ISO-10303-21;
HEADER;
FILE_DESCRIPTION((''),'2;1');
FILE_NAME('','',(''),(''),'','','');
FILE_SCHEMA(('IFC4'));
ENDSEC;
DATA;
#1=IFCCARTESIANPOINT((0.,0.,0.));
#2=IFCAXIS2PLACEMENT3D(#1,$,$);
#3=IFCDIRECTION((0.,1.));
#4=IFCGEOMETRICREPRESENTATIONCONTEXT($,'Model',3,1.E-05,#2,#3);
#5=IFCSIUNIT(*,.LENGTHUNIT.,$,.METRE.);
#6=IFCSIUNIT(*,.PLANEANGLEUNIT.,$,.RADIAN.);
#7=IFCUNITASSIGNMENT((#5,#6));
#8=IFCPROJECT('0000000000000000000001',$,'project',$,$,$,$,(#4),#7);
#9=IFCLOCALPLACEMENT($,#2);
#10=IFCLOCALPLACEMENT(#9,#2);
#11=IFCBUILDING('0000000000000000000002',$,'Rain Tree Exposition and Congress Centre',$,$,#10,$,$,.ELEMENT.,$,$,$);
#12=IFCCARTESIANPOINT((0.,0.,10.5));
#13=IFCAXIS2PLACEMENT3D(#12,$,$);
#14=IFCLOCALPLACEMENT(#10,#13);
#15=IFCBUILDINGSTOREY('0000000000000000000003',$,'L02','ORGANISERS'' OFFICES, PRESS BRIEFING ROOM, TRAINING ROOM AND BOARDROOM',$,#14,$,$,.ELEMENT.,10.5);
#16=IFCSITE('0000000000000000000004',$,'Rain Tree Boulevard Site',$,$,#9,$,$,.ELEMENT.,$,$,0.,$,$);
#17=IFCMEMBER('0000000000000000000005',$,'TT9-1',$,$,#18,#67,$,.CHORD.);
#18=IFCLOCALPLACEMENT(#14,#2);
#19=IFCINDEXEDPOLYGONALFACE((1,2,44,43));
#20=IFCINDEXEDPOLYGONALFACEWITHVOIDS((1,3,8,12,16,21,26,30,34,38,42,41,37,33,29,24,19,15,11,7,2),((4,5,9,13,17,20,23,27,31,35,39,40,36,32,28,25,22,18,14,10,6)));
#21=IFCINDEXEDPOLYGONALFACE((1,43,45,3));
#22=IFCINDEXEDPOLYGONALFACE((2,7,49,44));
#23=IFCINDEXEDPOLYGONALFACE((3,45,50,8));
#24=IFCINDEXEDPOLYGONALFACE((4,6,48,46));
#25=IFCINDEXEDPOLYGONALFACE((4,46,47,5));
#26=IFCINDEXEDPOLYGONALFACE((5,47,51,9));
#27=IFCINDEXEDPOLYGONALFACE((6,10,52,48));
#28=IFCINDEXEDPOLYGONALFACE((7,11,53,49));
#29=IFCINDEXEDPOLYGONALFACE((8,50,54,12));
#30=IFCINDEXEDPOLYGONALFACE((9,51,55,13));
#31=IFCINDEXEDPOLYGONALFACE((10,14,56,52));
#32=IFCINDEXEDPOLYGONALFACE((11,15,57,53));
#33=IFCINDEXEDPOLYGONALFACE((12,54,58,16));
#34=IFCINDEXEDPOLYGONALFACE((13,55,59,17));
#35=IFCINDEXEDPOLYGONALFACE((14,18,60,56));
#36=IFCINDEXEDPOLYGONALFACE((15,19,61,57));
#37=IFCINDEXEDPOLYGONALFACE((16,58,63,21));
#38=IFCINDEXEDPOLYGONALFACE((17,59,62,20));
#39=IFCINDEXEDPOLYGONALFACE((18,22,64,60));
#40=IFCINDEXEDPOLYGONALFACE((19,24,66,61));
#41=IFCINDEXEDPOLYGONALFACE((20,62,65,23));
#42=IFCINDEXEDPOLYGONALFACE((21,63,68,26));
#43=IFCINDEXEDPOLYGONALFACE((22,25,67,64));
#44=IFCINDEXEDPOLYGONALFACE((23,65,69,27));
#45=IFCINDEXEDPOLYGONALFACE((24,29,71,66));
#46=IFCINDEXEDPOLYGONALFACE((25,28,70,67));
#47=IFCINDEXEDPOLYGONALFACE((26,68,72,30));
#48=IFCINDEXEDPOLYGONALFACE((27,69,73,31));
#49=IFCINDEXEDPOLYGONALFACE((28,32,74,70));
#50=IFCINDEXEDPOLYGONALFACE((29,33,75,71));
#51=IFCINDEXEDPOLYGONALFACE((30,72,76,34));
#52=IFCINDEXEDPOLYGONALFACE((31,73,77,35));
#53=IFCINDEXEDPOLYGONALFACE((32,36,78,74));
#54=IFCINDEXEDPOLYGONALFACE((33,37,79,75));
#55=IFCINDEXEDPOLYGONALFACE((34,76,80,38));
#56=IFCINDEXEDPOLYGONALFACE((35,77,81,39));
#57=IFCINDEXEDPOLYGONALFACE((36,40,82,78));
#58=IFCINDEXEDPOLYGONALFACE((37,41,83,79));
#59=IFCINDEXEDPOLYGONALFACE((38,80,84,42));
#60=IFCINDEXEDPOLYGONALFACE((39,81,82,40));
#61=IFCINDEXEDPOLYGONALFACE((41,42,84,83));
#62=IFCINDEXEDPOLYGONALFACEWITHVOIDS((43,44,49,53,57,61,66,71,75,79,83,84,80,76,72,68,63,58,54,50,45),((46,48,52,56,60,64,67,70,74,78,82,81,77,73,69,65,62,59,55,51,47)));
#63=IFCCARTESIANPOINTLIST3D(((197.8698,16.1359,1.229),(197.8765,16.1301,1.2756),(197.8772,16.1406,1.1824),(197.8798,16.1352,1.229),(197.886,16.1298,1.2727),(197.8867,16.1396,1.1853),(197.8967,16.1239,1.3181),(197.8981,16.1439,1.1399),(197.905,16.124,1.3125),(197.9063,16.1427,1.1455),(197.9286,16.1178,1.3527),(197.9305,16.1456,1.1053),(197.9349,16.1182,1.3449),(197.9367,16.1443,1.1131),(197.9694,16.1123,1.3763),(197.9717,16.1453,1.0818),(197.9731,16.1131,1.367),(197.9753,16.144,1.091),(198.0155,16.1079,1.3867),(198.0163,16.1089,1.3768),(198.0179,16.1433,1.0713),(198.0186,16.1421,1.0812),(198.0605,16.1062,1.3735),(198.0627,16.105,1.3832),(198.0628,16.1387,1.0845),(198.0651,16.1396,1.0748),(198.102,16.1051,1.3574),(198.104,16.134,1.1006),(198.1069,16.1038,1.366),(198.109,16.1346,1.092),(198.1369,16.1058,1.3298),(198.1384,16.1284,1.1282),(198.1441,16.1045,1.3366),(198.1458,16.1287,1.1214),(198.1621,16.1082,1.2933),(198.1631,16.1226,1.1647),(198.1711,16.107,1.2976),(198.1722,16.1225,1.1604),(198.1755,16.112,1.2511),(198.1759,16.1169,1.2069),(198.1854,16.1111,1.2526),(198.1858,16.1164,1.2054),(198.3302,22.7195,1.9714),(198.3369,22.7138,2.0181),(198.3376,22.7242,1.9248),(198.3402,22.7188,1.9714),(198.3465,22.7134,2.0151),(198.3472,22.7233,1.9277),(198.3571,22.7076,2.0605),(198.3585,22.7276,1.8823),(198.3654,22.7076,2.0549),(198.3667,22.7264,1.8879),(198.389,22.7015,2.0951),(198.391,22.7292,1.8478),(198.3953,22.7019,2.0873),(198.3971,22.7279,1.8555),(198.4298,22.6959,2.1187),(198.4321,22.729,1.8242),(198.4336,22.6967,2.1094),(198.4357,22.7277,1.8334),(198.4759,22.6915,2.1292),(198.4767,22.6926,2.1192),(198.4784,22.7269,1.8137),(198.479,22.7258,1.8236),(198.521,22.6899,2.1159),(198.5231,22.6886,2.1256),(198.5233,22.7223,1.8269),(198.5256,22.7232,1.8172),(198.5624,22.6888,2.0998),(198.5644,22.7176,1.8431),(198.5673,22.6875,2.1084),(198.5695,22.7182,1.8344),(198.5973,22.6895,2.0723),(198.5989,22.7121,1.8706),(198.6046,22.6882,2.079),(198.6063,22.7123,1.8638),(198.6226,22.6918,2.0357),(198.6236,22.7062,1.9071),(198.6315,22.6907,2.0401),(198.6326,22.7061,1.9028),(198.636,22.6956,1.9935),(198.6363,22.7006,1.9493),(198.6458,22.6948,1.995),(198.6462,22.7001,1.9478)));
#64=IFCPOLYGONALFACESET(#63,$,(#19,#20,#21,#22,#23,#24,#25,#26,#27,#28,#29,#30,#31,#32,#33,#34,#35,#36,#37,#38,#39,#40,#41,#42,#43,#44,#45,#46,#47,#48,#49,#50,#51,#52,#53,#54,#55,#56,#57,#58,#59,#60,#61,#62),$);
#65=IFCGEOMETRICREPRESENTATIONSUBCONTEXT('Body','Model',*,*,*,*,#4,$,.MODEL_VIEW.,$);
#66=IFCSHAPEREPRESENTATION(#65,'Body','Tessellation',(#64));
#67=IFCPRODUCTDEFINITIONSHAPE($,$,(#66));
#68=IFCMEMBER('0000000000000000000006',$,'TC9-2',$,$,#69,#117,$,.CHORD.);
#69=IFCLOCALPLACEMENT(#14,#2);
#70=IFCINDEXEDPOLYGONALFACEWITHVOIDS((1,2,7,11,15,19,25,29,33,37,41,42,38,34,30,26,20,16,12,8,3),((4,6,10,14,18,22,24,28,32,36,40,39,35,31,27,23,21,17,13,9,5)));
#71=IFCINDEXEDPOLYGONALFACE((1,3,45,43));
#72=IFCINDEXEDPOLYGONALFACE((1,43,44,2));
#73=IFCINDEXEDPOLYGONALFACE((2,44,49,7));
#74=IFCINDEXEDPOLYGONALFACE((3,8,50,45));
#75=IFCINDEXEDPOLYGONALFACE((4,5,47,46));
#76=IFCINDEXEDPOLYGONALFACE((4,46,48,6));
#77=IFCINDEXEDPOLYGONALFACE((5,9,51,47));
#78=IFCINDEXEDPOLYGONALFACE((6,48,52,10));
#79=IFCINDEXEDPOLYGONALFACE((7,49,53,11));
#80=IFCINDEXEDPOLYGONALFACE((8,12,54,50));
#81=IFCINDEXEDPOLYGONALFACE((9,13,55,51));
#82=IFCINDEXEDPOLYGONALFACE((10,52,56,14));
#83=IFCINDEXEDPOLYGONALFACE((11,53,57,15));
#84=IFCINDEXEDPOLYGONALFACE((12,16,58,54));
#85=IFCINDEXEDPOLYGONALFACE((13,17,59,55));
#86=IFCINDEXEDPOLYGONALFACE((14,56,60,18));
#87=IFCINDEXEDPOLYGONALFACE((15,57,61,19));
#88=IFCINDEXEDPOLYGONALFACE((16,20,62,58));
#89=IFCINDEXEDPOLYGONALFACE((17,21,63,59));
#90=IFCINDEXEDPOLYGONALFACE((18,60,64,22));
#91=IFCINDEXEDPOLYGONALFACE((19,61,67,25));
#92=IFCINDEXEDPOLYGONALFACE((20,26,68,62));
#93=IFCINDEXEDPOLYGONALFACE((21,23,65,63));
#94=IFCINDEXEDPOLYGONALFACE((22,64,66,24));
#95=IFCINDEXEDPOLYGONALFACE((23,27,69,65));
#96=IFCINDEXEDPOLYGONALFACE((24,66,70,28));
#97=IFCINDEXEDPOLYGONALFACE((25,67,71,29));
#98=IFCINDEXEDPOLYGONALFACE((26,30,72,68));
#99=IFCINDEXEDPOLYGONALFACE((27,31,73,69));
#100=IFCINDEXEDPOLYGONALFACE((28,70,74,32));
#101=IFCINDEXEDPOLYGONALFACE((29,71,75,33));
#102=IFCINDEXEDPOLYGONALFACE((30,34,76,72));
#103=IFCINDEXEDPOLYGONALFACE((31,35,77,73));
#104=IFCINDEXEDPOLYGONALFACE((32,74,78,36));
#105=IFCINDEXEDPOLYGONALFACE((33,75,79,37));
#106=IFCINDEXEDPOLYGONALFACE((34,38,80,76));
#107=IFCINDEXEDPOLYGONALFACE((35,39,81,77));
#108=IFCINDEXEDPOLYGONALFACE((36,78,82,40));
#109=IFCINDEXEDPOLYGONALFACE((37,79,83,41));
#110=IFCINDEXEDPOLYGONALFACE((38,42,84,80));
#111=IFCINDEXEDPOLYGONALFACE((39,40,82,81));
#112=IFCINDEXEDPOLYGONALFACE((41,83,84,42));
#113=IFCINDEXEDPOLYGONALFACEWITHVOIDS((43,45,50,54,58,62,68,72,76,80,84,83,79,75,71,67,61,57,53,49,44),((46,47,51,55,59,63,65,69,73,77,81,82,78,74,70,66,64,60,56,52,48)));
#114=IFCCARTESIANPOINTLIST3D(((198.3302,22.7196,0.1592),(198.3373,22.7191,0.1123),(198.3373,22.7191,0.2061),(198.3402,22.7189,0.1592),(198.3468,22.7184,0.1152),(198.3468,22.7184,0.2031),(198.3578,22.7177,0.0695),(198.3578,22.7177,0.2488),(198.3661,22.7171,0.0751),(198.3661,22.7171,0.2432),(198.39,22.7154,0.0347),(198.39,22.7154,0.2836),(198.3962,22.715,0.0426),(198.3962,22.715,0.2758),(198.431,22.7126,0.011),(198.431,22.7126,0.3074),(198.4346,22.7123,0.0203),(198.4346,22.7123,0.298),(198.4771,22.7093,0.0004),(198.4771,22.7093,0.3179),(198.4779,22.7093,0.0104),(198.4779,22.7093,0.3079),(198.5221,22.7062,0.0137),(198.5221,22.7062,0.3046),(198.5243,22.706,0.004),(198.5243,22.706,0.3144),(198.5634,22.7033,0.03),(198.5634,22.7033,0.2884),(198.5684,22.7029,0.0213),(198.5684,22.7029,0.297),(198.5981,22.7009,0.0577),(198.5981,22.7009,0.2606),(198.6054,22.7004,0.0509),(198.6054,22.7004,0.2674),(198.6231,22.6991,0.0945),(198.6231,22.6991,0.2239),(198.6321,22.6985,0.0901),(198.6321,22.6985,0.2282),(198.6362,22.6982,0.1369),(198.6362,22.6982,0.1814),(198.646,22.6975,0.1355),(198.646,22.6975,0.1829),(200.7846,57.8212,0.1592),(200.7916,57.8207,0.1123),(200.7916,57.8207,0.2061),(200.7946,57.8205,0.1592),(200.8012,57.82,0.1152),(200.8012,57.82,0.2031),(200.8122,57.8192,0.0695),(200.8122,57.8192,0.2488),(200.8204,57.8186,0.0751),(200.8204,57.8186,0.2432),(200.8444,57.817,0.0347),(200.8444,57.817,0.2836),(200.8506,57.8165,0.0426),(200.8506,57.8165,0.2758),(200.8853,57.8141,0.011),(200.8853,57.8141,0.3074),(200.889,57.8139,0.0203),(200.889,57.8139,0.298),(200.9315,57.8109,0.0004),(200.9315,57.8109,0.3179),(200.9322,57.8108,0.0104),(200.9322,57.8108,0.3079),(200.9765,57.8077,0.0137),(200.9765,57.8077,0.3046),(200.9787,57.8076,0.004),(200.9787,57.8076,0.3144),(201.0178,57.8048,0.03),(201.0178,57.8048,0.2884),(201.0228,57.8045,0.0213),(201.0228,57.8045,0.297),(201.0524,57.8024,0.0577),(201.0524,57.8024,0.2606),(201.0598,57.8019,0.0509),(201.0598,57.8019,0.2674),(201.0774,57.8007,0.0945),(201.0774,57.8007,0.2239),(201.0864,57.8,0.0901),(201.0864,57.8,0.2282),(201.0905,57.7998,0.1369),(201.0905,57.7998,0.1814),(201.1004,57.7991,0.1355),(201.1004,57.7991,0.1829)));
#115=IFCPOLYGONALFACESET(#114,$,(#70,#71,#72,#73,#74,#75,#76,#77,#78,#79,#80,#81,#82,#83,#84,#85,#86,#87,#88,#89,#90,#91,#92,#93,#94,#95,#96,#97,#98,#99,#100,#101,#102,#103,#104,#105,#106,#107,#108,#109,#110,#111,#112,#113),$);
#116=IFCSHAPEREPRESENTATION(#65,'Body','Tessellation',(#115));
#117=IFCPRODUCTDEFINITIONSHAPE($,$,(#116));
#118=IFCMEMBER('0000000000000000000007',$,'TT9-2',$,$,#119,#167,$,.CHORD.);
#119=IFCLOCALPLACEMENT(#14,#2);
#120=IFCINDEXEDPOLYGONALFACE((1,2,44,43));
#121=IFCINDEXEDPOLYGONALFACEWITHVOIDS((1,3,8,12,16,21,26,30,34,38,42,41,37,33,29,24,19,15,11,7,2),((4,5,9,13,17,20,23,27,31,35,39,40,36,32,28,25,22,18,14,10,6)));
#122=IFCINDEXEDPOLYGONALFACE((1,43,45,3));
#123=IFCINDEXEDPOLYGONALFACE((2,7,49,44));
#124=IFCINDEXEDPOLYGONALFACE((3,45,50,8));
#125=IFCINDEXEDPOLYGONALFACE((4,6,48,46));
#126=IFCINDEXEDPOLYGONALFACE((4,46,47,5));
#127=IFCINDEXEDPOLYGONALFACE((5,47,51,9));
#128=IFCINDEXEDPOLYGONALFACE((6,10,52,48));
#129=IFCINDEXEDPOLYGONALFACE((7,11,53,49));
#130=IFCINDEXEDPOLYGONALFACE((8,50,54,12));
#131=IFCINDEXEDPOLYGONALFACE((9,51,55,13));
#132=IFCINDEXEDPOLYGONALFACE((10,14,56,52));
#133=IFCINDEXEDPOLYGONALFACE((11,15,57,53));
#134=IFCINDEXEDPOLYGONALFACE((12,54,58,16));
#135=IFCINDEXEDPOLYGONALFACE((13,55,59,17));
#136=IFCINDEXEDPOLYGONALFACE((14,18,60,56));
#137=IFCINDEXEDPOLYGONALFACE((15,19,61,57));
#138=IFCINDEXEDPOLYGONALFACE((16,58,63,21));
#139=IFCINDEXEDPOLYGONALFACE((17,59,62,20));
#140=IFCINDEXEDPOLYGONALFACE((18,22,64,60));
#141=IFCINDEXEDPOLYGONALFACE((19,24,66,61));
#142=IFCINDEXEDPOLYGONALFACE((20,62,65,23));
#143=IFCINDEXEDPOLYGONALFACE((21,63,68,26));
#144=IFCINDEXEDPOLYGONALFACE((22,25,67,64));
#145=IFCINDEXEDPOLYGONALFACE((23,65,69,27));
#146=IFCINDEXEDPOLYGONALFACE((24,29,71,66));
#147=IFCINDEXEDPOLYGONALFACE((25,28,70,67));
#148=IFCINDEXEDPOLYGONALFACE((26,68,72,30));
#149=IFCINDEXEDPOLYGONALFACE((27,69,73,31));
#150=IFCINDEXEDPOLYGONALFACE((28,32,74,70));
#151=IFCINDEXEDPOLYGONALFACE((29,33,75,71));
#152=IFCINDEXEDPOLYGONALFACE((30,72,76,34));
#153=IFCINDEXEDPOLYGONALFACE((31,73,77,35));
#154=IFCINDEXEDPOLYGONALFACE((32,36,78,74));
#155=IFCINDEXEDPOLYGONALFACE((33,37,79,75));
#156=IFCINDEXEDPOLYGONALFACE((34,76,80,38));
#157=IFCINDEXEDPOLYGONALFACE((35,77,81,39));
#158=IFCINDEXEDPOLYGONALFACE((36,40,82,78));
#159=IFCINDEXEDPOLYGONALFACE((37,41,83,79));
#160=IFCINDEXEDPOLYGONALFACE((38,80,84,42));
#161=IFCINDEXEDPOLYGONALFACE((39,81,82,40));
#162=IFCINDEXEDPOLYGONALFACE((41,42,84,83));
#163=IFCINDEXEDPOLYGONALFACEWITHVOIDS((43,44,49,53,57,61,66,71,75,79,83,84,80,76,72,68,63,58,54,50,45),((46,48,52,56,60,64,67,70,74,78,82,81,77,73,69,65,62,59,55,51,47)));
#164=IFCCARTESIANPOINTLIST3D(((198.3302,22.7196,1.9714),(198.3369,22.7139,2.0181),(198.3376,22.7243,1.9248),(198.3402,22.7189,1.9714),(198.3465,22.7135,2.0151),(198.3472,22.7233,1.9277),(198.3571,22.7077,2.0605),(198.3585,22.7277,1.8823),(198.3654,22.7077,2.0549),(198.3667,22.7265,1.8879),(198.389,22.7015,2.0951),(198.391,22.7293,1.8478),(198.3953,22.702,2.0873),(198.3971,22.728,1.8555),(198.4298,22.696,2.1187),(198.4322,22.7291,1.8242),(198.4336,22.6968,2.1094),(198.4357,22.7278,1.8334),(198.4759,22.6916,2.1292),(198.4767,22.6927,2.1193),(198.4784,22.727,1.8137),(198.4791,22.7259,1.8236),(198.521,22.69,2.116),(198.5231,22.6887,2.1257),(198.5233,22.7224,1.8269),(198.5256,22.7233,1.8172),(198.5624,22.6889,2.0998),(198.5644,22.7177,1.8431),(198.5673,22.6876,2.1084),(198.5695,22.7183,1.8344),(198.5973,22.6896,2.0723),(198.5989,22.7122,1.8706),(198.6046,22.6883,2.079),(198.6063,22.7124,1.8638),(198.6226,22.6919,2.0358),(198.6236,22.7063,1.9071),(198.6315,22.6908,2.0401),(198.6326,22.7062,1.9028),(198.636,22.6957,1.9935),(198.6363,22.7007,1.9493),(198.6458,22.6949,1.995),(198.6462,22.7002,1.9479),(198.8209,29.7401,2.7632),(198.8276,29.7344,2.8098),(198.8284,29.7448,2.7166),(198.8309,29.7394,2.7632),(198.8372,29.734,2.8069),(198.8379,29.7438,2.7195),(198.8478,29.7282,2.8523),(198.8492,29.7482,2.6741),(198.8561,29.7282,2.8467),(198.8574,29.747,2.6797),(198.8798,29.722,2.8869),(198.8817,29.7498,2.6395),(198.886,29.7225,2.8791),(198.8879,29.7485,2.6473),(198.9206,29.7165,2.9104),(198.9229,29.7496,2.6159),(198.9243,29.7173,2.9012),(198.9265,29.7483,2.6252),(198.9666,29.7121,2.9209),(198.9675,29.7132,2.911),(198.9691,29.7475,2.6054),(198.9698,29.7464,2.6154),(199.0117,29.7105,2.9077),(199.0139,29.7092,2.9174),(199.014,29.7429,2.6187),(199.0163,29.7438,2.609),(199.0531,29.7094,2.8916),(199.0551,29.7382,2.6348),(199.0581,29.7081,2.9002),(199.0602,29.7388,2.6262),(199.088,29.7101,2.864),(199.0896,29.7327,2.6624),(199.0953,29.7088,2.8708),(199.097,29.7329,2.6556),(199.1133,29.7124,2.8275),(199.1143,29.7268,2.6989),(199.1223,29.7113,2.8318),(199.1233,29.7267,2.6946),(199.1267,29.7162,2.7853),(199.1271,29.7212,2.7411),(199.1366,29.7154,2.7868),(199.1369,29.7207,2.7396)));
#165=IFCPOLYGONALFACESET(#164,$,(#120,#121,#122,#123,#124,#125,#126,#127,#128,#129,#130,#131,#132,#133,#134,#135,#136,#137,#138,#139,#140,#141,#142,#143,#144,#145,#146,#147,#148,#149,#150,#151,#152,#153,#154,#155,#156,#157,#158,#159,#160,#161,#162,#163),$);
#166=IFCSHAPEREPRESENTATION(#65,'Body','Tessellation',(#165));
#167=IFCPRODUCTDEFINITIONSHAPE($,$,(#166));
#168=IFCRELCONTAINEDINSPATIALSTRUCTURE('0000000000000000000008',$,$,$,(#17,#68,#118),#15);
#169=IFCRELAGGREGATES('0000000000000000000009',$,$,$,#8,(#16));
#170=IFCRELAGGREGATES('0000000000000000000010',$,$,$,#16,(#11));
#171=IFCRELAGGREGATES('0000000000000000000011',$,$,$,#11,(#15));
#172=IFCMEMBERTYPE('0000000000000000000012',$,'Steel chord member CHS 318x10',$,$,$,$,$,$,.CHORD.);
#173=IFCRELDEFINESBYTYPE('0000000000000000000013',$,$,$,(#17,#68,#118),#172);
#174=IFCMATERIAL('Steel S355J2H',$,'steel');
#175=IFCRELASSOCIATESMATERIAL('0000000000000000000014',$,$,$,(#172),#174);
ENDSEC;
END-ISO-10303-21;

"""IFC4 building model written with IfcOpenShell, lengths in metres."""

from ifc_helpers import new_model, si_unit, direction, frame, origin, origin_2d, place, context, subcontext, project, spatial, hollow_circle, extrude, material, material_profile, profile_set, type_object, element, save


model = new_model("IFC4")

# Units and contexts
model_context = context("Model", 3, precision=1e-05, world=origin(), true_north=direction((0.0, 1.0)))
body_context = subcontext(model_context, "Body", "Model", "MODEL_VIEW")
ifc_project = project(units=[si_unit("LENGTHUNIT", "METRE"), si_unit("PLANEANGLEUNIT", "RADIAN")], contexts=[model_context])

# Site, building, storey
site_placement = place(None, origin())
site = spatial("IfcSite", under=ifc_project, at=site_placement, Name="Rain Tree Boulevard Site", CompositionType="ELEMENT", RefElevation=0.0)
building_placement = place(site_placement, origin())
building = spatial("IfcBuilding", under=site, at=building_placement, Name="Rain Tree Exposition and Congress Centre", CompositionType="ELEMENT")
storey_placement = place(building_placement, frame((0.0, 0.0, 10.5)))
storey = spatial("IfcBuildingStorey", under=building, at=storey_placement, Name="L02", Description="ORGANISERS' OFFICES, PRESS BRIEFING ROOM, TRAINING ROOM AND BOARDROOM", CompositionType="ELEMENT", Elevation=10.5)

# Members
ifc_material_1 = material(Name="Steel S355J2H", Category="steel")
ifc_material_profile_1 = material_profile(ifc_material_1, hollow_circle(Radius=0.1592, WallThickness=0.01, at=origin_2d()), Name="CHS 318x10")
ifc_profile_set_1 = profile_set([ifc_material_profile_1], Name="Steel S355J2H")
member_type_1 = type_object("IfcMemberType", Name="Steel chord member CHS 318x10", PredefinedType="CHORD", material=ifc_profile_set_1)
member_1_placement = place(storey_placement, frame((198.0286, 16.1248, 1.229), z_axis=(0.06933, 0.991311, 0.111788), x_axis=(-0.997563, 0.069767, 0.0)))
element("IfcMember", 1, at=member_1_placement, inside=storey, type_object=member_type_1, Name="TT9-1", PredefinedType="CHORD", context=body_context, shape_type="SweptSolid", body=[
    extrude(hollow_circle(Radius=0.1592, WallThickness=0.01, at=origin_2d()), origin(), (0.0, 0.0, 1.0), 6.6414),
])
member_2_placement = place(storey_placement, frame((198.489, 22.7085, 0.1592), z_axis=(0.069751, 0.997564, 0.0), x_axis=(-0.997564, 0.069751, 0.0)))
element("IfcMember", 2, at=member_2_placement, inside=storey, type_object=member_type_1, Name="TC9-2", PredefinedType="CHORD", context=body_context, shape_type="SweptSolid", body=[
    extrude(hollow_circle(Radius=0.1592, WallThickness=0.01, at=origin_2d()), origin(), (0.0, 0.0, 1.0), 35.1873),
])
member_3_placement = place(storey_placement, frame((198.489, 22.7085, 1.9714), z_axis=(0.069291, 0.991312, 0.111797), x_axis=(-0.997566, 0.069728, 0.0)))
element("IfcMember", 3, at=member_3_placement, inside=storey, type_object=member_type_1, Name="TT9-2", PredefinedType="CHORD", context=body_context, shape_type="SweptSolid", body=[
    extrude(hollow_circle(Radius=0.1592, WallThickness=0.01, at=origin_2d()), origin(), (0.0, 0.0, 1.0), 7.082),
])

save(model, "model.ifc")
